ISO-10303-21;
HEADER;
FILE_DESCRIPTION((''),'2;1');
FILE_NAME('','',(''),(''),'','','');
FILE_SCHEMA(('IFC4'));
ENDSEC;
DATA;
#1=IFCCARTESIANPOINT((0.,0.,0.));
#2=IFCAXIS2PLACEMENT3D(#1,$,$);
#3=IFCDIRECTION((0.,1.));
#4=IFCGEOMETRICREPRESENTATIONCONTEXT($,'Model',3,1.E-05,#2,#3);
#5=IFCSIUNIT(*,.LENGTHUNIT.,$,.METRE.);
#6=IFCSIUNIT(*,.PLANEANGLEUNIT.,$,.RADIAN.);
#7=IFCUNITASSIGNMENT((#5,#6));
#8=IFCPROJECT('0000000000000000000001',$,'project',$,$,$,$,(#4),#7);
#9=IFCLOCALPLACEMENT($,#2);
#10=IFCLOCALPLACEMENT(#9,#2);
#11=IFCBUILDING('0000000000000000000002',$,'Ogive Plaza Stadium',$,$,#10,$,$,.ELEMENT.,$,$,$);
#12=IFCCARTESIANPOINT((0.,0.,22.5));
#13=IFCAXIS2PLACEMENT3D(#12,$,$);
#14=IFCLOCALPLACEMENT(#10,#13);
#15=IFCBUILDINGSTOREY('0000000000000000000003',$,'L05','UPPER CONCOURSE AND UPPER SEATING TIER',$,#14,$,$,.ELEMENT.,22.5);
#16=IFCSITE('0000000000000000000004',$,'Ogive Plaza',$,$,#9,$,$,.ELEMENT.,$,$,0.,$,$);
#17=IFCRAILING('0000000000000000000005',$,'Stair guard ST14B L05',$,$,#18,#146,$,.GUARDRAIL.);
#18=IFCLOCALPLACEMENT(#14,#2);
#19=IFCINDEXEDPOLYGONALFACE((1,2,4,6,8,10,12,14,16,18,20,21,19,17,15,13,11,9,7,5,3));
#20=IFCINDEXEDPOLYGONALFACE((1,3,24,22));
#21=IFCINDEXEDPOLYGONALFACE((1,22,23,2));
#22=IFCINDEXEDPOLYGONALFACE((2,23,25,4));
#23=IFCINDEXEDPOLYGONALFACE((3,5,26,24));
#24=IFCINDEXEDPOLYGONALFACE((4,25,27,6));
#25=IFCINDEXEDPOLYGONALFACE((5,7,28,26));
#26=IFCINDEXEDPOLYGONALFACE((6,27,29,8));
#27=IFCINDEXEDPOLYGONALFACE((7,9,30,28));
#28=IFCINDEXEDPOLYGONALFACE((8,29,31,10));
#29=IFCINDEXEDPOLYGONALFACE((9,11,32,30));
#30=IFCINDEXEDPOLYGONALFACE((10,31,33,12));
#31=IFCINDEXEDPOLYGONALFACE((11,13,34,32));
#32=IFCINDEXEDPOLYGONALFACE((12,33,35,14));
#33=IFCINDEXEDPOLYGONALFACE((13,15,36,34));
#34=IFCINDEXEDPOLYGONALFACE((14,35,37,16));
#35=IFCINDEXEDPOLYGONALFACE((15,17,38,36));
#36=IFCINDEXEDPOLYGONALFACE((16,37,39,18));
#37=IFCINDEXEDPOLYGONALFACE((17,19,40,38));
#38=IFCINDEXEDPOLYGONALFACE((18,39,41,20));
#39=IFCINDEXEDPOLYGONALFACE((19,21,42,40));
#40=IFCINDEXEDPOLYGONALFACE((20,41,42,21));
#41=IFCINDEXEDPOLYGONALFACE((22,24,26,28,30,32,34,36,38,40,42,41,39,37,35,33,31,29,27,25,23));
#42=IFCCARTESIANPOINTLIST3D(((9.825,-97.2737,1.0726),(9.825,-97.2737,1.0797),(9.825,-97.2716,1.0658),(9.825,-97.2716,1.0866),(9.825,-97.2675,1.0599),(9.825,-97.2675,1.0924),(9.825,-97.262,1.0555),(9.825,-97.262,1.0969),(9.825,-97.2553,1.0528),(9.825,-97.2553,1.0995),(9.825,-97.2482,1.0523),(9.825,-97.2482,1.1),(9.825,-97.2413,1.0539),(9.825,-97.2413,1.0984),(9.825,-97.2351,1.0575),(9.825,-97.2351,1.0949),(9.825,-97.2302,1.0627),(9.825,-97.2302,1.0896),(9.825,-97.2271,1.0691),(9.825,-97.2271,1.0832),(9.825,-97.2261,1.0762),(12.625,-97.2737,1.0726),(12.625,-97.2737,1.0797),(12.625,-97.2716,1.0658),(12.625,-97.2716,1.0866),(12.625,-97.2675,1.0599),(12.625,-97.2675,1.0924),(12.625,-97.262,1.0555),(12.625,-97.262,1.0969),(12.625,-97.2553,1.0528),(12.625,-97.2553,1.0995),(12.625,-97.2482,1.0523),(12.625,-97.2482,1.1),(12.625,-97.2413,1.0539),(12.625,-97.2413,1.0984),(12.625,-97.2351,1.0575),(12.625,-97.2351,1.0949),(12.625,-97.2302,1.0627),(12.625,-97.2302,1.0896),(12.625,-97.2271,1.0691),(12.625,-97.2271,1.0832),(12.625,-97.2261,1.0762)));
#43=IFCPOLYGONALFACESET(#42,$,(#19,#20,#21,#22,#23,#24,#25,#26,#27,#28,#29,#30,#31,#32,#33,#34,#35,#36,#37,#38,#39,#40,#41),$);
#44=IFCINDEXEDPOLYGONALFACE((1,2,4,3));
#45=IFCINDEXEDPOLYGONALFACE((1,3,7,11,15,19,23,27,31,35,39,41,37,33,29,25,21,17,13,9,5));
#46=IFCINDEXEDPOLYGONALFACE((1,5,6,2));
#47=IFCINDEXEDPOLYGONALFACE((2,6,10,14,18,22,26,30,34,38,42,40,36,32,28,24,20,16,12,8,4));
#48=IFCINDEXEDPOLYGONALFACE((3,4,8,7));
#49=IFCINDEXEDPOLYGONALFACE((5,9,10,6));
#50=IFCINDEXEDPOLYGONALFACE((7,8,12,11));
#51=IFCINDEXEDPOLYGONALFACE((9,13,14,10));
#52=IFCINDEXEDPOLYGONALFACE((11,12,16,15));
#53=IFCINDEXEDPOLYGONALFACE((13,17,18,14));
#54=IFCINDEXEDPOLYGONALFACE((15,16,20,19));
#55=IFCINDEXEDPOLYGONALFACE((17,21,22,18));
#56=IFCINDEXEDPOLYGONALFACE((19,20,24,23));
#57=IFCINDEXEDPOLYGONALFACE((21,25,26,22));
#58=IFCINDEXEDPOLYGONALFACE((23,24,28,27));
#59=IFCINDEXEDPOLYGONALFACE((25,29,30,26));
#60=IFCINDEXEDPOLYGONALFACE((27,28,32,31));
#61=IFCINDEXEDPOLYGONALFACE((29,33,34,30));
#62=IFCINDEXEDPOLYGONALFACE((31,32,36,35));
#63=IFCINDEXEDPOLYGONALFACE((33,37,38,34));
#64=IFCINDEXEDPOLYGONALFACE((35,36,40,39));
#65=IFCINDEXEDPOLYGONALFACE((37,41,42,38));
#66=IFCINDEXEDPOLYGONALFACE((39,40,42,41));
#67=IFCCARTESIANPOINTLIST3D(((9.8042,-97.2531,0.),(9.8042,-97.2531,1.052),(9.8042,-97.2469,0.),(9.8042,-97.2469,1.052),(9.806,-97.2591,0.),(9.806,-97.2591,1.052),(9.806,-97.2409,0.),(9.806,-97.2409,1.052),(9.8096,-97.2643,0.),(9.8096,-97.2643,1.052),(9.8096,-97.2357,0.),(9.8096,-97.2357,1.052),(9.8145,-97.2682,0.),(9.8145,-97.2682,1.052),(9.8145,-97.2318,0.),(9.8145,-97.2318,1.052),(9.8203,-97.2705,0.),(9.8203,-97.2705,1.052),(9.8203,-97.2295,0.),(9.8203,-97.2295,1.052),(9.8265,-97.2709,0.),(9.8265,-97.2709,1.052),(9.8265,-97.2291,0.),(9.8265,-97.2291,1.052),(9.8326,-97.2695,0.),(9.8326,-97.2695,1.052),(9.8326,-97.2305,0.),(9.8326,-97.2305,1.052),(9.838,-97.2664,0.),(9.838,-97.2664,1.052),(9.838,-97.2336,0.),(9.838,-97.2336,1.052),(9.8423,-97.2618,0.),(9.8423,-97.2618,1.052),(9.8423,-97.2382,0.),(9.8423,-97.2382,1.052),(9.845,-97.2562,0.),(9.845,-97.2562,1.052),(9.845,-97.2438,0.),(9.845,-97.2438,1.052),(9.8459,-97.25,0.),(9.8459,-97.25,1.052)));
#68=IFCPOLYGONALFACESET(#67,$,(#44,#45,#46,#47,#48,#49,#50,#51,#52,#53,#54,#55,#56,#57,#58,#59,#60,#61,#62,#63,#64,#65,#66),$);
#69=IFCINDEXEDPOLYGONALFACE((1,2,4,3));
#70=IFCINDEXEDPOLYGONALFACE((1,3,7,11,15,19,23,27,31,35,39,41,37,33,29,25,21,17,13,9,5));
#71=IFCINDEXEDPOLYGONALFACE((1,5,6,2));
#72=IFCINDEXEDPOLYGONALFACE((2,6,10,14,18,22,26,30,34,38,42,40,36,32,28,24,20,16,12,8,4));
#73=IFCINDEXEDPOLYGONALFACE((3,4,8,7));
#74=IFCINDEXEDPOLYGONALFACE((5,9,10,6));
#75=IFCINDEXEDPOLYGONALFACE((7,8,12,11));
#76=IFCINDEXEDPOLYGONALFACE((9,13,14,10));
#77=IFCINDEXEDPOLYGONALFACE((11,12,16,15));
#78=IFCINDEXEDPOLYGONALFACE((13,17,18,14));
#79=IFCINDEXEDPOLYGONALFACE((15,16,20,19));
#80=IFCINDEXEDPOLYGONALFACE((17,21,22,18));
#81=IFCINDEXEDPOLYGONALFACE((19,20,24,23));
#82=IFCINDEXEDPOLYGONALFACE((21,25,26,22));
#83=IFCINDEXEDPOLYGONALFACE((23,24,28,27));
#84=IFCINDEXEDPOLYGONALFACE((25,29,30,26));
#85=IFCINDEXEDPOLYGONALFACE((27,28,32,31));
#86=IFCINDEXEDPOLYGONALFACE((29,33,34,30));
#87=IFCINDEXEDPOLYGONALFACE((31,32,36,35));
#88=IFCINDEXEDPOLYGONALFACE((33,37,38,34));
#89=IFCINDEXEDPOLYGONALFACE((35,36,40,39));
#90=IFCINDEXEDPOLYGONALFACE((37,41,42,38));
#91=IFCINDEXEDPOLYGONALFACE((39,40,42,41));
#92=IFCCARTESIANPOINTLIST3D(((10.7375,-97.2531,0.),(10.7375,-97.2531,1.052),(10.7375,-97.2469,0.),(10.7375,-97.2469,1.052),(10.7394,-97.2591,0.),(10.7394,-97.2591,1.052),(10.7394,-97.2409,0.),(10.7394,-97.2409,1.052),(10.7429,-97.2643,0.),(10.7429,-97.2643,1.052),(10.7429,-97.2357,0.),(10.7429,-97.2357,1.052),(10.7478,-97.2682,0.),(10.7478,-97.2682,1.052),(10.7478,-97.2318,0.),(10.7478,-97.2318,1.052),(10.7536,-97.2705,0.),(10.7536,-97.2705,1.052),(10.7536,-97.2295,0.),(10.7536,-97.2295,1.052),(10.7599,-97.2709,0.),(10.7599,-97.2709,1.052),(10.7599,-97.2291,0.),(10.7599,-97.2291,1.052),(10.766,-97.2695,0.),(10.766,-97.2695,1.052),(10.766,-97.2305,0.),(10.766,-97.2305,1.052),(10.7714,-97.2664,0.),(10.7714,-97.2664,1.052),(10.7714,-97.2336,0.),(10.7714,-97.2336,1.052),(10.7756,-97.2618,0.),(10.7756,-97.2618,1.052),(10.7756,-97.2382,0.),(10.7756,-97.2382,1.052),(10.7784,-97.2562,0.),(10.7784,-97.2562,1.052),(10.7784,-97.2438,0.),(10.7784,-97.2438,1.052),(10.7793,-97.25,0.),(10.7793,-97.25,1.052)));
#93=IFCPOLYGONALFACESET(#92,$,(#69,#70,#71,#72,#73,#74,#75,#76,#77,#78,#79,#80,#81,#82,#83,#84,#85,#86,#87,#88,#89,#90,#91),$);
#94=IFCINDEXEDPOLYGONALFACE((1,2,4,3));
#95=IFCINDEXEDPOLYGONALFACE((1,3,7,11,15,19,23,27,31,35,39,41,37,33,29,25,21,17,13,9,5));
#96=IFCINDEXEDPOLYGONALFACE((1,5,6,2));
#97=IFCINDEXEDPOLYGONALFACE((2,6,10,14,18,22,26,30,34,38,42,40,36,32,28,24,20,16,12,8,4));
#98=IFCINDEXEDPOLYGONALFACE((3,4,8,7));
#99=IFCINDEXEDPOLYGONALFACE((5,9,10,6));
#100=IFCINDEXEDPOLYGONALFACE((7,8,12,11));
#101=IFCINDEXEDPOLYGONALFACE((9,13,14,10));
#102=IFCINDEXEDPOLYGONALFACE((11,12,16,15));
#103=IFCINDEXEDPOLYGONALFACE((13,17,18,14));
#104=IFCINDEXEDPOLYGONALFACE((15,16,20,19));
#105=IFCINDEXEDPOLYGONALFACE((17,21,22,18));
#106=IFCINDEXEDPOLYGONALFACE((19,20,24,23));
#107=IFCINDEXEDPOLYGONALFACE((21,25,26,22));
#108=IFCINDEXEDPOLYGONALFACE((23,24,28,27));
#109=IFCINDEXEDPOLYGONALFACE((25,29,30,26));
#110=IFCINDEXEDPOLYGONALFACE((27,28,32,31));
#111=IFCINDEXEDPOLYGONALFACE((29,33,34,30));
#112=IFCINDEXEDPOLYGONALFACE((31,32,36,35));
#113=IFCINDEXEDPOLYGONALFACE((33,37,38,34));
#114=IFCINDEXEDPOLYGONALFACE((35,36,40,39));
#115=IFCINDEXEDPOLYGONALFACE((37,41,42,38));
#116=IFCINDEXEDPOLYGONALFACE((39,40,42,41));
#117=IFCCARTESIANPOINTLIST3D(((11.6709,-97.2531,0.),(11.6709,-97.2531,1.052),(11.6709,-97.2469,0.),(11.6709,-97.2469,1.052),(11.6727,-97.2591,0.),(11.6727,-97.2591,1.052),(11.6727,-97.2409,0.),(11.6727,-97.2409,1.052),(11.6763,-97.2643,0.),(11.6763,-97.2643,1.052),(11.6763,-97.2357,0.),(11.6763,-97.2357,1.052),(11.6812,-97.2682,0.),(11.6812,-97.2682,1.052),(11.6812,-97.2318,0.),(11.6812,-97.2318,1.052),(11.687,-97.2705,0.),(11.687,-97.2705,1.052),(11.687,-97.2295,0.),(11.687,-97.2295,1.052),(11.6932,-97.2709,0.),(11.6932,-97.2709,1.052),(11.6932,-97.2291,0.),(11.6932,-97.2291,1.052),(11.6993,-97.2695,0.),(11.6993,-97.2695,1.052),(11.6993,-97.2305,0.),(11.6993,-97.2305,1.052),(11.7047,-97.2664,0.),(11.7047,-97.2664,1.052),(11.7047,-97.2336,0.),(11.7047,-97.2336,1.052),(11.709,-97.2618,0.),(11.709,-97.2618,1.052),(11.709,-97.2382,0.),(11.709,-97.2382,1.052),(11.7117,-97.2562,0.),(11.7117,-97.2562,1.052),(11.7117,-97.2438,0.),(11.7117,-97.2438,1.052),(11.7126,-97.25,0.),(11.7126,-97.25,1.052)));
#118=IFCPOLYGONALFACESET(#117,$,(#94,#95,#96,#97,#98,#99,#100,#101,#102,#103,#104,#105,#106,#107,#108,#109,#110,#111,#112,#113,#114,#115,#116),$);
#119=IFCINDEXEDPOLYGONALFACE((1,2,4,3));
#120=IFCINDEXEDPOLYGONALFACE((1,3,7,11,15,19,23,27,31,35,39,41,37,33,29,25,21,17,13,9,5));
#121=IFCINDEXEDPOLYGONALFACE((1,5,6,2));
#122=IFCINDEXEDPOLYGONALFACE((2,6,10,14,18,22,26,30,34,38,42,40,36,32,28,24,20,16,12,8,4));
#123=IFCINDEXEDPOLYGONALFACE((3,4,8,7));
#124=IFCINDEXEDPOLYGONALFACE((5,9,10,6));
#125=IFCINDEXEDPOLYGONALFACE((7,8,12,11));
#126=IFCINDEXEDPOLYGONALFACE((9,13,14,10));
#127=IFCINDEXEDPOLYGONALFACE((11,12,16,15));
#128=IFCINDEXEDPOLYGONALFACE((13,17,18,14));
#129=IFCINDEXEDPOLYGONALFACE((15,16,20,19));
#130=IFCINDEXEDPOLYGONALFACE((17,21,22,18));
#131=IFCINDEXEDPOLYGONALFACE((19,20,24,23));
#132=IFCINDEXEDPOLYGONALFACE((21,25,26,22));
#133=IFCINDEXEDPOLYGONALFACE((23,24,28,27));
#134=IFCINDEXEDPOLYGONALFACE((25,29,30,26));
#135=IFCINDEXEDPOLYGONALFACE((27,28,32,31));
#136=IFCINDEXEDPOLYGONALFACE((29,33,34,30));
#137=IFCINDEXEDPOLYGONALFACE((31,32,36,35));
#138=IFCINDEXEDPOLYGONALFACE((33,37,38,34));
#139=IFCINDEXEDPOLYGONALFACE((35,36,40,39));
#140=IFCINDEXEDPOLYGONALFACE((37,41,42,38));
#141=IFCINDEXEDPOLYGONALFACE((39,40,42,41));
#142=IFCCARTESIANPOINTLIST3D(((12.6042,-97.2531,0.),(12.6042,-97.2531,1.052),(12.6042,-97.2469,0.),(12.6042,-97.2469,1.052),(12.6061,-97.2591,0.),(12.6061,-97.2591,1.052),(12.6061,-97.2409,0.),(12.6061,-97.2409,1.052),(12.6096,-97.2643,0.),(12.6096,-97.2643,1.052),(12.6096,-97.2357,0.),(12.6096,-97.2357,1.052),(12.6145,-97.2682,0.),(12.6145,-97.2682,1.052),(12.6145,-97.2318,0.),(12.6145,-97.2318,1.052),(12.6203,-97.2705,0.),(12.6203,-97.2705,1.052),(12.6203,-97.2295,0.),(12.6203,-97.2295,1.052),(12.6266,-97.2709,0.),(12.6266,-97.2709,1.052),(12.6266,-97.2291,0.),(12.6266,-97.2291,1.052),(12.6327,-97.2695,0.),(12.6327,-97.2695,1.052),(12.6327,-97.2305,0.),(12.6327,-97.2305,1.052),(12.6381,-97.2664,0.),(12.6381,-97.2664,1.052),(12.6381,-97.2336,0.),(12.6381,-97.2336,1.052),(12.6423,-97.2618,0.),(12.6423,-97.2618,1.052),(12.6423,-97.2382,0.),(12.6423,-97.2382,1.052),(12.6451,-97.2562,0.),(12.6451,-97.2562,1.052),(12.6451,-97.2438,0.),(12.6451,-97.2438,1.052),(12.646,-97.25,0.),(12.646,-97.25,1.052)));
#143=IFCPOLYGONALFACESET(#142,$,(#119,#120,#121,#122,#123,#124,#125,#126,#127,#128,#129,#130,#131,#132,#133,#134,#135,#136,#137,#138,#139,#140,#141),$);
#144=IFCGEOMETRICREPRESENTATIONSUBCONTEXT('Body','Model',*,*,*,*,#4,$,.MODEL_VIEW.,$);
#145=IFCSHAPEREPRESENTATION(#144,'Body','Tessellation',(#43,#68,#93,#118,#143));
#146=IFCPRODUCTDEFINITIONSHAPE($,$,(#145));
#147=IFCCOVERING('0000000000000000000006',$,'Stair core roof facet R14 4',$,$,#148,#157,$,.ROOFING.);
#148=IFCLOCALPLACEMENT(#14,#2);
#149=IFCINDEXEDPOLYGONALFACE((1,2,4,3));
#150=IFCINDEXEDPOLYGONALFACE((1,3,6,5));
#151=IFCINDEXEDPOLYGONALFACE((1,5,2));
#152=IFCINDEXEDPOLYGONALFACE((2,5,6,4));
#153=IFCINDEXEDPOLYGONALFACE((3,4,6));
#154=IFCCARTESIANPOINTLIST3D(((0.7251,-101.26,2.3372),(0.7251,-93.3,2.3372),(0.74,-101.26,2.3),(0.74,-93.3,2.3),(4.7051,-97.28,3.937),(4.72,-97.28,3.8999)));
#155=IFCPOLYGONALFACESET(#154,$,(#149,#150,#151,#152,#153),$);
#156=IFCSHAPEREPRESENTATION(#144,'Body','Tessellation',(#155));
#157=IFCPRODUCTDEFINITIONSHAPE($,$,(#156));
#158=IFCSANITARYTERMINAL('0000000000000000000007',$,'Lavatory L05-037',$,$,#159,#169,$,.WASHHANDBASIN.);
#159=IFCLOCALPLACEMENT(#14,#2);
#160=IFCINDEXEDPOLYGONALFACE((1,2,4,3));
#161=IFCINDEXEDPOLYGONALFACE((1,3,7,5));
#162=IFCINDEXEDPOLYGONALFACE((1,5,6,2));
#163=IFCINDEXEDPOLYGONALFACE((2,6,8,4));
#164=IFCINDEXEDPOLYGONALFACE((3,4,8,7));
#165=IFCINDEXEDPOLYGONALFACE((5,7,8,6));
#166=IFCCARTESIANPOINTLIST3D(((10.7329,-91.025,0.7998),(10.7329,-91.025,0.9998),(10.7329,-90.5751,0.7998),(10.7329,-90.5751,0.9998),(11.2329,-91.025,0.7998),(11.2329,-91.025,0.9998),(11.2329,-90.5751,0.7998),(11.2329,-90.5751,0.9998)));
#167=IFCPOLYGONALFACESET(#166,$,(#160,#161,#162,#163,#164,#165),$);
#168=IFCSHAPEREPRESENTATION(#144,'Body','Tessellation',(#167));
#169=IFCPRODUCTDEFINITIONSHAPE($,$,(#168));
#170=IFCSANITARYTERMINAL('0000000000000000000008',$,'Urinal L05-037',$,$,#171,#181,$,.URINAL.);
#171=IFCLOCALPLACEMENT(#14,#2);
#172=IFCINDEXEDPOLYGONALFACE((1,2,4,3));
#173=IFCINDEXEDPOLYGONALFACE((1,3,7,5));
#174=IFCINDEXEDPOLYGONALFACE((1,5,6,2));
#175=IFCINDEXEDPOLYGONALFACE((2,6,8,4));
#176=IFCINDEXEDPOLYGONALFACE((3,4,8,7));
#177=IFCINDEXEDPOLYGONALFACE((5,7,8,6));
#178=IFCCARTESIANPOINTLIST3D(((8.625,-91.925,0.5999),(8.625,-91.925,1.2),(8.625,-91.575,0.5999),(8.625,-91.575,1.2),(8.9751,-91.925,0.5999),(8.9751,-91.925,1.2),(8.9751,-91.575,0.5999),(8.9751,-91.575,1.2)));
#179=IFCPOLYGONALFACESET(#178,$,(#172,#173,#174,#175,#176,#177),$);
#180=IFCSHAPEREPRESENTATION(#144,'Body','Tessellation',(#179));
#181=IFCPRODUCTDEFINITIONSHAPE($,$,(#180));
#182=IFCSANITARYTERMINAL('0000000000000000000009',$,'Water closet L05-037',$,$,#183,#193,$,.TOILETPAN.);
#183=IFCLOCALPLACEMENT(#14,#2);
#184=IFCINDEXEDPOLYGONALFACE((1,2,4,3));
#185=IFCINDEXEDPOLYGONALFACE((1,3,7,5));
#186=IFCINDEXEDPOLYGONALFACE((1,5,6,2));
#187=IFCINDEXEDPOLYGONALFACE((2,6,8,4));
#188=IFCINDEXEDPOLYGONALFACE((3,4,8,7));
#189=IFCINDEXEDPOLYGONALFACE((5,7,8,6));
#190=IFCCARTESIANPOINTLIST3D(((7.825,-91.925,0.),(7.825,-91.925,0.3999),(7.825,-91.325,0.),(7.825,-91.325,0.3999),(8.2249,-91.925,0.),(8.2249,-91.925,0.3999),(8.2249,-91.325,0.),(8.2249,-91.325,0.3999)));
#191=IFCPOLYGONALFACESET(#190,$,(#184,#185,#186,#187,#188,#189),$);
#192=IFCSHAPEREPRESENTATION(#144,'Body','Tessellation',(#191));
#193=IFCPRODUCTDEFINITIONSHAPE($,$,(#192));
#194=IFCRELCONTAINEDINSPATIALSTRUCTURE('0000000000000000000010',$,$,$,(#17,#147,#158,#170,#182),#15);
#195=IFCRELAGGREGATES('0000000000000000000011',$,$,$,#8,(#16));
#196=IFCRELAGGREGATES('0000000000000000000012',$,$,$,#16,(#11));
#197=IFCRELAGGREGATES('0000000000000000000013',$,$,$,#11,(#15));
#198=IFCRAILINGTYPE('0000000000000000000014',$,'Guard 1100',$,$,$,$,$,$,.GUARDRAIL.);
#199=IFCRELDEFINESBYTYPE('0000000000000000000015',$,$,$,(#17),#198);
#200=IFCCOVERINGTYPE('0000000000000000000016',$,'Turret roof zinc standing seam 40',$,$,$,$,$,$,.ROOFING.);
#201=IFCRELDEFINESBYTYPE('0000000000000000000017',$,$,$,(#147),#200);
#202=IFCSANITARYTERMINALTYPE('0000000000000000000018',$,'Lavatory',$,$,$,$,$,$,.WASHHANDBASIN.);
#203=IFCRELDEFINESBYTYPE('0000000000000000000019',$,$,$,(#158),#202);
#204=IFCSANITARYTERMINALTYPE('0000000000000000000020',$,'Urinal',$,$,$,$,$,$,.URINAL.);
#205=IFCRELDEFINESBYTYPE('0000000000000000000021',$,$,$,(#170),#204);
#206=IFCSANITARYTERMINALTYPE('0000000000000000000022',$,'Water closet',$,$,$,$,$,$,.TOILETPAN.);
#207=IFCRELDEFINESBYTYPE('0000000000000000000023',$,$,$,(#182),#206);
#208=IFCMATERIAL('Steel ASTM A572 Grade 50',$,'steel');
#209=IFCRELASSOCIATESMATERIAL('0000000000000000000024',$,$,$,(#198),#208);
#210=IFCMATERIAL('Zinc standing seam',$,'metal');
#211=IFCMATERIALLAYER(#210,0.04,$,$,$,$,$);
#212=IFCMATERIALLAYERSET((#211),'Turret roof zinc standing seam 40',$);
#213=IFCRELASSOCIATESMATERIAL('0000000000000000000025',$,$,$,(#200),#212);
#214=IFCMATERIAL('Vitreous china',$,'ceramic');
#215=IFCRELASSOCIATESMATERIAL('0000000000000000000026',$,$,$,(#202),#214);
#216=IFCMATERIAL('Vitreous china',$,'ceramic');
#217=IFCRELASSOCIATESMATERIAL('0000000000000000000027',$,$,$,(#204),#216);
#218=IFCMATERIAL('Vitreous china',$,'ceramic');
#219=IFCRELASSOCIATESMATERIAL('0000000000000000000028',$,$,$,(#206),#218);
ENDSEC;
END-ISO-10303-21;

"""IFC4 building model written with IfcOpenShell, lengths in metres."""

from ifc_helpers import new_model, si_unit, direction, frame, origin, origin_2d, place, context, subcontext, project, spatial, polyline, rectangle, circle, outline, extrude, material, layer, layer_set, type_object, element, save


model = new_model("IFC4")

# Units and contexts
model_context = context("Model", 3, precision=1e-05, world=origin(), true_north=direction((0.0, 1.0)))
body_context = subcontext(model_context, "Body", "Model", "MODEL_VIEW")
ifc_project = project(units=[si_unit("LENGTHUNIT", "METRE"), si_unit("PLANEANGLEUNIT", "RADIAN")], contexts=[model_context])

# Site, building, storey
site_placement = place(None, origin())
site = spatial("IfcSite", under=ifc_project, at=site_placement, Name="Ogive Plaza", CompositionType="ELEMENT", RefElevation=0.0)
building_placement = place(site_placement, origin())
building = spatial("IfcBuilding", under=site, at=building_placement, Name="Ogive Plaza Stadium", CompositionType="ELEMENT")
storey_placement = place(building_placement, frame((0.0, 0.0, 22.5)))
storey = spatial("IfcBuildingStorey", under=building, at=storey_placement, Name="L05", Description="UPPER CONCOURSE AND UPPER SEATING TIER", CompositionType="ELEMENT", Elevation=22.5)

# Railing
ifc_material_1 = material(Name="Steel ASTM A572 Grade 50", Category="steel")
railing_type = type_object("IfcRailingType", Name="Guard 1100", PredefinedType="GUARDRAIL", material=ifc_material_1)
railing_placement = place(storey_placement, frame((9.825, -97.25, 0.0)))
element("IfcRailing", 1, at=railing_placement, inside=storey, type_object=railing_type, Name="Stair guard ST14B L05", PredefinedType="GUARDRAIL", context=body_context, shape_type="SweptSolid", body=[
    extrude(circle(Radius=0.0239, at=origin_2d()), frame((0.0, 0.0, 1.0762), z_axis=(1.0, 0.0, 0.0), x_axis=(0.0, 1.0, 0.0)), (0.0, 0.0, 1.0), 2.8),
    extrude(circle(Radius=0.021, at=origin_2d()), origin(), (0.0, 0.0, 1.0), 1.052),
    extrude(circle(Radius=0.021, at=origin_2d()), frame((0.9333, 0.0, 0.0)), (0.0, 0.0, 1.0), 1.052),
    extrude(circle(Radius=0.021, at=origin_2d()), frame((1.8667, 0.0, 0.0)), (0.0, 0.0, 1.0), 1.052),
    extrude(circle(Radius=0.021, at=origin_2d()), frame((2.8, 0.0, 0.0)), (0.0, 0.0, 1.0), 1.052),
])

# Covering
ifc_material_2 = material(Name="Zinc standing seam", Category="metal")
ifc_layer_1 = layer(ifc_material_2, 0.04)
ifc_layer_set_1 = layer_set([ifc_layer_1], Name="Turret roof zinc standing seam 40")
covering_type = type_object("IfcCoveringType", Name="Turret roof zinc standing seam 40", PredefinedType="ROOFING", material=ifc_layer_set_1)
covering_placement = place(storey_placement, frame((0.7251, -93.3, 2.3372), z_axis=(-0.37297, 0.0, 0.927843), x_axis=(0.0, -1.0, 0.0)))
element("IfcCovering", 2, at=covering_placement, inside=storey, type_object=covering_type, Name="Stair core roof facet R14 4", PredefinedType="ROOFING", context=body_context, shape_type="SweptSolid", body=[
    extrude(outline(polyline([(0.0, 0.0), (7.96, 0.0), (3.98, 4.2895), (0.0, 0.0)])), origin(), (0.0, 0.0, -1.0), 0.04),
])

# Sanitary terminals
ifc_material_3 = material(Name="Vitreous china", Category="ceramic")
sanitary_terminal_type_1 = type_object("IfcSanitaryTerminalType", Name="Lavatory", PredefinedType="WASHHANDBASIN", material=ifc_material_3)
sanitary_terminal_1_placement = place(storey_placement, frame((10.9829, -90.8, 0.7998), z_axis=(0.0, 0.0, 1.0), x_axis=(-1.0, 0.0, 0.0)))
element("IfcSanitaryTerminal", 3, at=sanitary_terminal_1_placement, inside=storey, type_object=sanitary_terminal_type_1, Name="Lavatory L05-037", PredefinedType="WASHHANDBASIN", context=body_context, shape_type="SweptSolid", body=[
    extrude(rectangle(XDim=0.5, YDim=0.45, at=origin_2d()), origin(), (0.0, 0.0, 1.0), 0.2),
])
ifc_material_4 = material(Name="Vitreous china", Category="ceramic")
sanitary_terminal_type_2 = type_object("IfcSanitaryTerminalType", Name="Urinal", PredefinedType="URINAL", material=ifc_material_4)
sanitary_terminal_2_placement = place(storey_placement, frame((8.8, -91.75, 0.5999), z_axis=(0.0, 0.0, 1.0), x_axis=(1.0, 0.0, 0.0)))
element("IfcSanitaryTerminal", 4, at=sanitary_terminal_2_placement, inside=storey, type_object=sanitary_terminal_type_2, Name="Urinal L05-037", PredefinedType="URINAL", context=body_context, shape_type="SweptSolid", body=[
    extrude(rectangle(XDim=0.3501, YDim=0.3501, at=origin_2d()), origin(), (0.0, 0.0, 1.0), 0.6001),
])
ifc_material_5 = material(Name="Vitreous china", Category="ceramic")
sanitary_terminal_type_3 = type_object("IfcSanitaryTerminalType", Name="Water closet", PredefinedType="TOILETPAN", material=ifc_material_5)
sanitary_terminal_3_placement = place(storey_placement, frame((8.0249, -91.625, 0.0), z_axis=(0.0, 0.0, 1.0), x_axis=(1.0, 0.0, 0.0)))
element("IfcSanitaryTerminal", 5, at=sanitary_terminal_3_placement, inside=storey, type_object=sanitary_terminal_type_3, Name="Water closet L05-037", PredefinedType="TOILETPAN", context=body_context, shape_type="SweptSolid", body=[
    extrude(rectangle(XDim=0.3999, YDim=0.6001, at=origin_2d()), origin(), (0.0, 0.0, 1.0), 0.3999),
])

save(model, "model.ifc")
